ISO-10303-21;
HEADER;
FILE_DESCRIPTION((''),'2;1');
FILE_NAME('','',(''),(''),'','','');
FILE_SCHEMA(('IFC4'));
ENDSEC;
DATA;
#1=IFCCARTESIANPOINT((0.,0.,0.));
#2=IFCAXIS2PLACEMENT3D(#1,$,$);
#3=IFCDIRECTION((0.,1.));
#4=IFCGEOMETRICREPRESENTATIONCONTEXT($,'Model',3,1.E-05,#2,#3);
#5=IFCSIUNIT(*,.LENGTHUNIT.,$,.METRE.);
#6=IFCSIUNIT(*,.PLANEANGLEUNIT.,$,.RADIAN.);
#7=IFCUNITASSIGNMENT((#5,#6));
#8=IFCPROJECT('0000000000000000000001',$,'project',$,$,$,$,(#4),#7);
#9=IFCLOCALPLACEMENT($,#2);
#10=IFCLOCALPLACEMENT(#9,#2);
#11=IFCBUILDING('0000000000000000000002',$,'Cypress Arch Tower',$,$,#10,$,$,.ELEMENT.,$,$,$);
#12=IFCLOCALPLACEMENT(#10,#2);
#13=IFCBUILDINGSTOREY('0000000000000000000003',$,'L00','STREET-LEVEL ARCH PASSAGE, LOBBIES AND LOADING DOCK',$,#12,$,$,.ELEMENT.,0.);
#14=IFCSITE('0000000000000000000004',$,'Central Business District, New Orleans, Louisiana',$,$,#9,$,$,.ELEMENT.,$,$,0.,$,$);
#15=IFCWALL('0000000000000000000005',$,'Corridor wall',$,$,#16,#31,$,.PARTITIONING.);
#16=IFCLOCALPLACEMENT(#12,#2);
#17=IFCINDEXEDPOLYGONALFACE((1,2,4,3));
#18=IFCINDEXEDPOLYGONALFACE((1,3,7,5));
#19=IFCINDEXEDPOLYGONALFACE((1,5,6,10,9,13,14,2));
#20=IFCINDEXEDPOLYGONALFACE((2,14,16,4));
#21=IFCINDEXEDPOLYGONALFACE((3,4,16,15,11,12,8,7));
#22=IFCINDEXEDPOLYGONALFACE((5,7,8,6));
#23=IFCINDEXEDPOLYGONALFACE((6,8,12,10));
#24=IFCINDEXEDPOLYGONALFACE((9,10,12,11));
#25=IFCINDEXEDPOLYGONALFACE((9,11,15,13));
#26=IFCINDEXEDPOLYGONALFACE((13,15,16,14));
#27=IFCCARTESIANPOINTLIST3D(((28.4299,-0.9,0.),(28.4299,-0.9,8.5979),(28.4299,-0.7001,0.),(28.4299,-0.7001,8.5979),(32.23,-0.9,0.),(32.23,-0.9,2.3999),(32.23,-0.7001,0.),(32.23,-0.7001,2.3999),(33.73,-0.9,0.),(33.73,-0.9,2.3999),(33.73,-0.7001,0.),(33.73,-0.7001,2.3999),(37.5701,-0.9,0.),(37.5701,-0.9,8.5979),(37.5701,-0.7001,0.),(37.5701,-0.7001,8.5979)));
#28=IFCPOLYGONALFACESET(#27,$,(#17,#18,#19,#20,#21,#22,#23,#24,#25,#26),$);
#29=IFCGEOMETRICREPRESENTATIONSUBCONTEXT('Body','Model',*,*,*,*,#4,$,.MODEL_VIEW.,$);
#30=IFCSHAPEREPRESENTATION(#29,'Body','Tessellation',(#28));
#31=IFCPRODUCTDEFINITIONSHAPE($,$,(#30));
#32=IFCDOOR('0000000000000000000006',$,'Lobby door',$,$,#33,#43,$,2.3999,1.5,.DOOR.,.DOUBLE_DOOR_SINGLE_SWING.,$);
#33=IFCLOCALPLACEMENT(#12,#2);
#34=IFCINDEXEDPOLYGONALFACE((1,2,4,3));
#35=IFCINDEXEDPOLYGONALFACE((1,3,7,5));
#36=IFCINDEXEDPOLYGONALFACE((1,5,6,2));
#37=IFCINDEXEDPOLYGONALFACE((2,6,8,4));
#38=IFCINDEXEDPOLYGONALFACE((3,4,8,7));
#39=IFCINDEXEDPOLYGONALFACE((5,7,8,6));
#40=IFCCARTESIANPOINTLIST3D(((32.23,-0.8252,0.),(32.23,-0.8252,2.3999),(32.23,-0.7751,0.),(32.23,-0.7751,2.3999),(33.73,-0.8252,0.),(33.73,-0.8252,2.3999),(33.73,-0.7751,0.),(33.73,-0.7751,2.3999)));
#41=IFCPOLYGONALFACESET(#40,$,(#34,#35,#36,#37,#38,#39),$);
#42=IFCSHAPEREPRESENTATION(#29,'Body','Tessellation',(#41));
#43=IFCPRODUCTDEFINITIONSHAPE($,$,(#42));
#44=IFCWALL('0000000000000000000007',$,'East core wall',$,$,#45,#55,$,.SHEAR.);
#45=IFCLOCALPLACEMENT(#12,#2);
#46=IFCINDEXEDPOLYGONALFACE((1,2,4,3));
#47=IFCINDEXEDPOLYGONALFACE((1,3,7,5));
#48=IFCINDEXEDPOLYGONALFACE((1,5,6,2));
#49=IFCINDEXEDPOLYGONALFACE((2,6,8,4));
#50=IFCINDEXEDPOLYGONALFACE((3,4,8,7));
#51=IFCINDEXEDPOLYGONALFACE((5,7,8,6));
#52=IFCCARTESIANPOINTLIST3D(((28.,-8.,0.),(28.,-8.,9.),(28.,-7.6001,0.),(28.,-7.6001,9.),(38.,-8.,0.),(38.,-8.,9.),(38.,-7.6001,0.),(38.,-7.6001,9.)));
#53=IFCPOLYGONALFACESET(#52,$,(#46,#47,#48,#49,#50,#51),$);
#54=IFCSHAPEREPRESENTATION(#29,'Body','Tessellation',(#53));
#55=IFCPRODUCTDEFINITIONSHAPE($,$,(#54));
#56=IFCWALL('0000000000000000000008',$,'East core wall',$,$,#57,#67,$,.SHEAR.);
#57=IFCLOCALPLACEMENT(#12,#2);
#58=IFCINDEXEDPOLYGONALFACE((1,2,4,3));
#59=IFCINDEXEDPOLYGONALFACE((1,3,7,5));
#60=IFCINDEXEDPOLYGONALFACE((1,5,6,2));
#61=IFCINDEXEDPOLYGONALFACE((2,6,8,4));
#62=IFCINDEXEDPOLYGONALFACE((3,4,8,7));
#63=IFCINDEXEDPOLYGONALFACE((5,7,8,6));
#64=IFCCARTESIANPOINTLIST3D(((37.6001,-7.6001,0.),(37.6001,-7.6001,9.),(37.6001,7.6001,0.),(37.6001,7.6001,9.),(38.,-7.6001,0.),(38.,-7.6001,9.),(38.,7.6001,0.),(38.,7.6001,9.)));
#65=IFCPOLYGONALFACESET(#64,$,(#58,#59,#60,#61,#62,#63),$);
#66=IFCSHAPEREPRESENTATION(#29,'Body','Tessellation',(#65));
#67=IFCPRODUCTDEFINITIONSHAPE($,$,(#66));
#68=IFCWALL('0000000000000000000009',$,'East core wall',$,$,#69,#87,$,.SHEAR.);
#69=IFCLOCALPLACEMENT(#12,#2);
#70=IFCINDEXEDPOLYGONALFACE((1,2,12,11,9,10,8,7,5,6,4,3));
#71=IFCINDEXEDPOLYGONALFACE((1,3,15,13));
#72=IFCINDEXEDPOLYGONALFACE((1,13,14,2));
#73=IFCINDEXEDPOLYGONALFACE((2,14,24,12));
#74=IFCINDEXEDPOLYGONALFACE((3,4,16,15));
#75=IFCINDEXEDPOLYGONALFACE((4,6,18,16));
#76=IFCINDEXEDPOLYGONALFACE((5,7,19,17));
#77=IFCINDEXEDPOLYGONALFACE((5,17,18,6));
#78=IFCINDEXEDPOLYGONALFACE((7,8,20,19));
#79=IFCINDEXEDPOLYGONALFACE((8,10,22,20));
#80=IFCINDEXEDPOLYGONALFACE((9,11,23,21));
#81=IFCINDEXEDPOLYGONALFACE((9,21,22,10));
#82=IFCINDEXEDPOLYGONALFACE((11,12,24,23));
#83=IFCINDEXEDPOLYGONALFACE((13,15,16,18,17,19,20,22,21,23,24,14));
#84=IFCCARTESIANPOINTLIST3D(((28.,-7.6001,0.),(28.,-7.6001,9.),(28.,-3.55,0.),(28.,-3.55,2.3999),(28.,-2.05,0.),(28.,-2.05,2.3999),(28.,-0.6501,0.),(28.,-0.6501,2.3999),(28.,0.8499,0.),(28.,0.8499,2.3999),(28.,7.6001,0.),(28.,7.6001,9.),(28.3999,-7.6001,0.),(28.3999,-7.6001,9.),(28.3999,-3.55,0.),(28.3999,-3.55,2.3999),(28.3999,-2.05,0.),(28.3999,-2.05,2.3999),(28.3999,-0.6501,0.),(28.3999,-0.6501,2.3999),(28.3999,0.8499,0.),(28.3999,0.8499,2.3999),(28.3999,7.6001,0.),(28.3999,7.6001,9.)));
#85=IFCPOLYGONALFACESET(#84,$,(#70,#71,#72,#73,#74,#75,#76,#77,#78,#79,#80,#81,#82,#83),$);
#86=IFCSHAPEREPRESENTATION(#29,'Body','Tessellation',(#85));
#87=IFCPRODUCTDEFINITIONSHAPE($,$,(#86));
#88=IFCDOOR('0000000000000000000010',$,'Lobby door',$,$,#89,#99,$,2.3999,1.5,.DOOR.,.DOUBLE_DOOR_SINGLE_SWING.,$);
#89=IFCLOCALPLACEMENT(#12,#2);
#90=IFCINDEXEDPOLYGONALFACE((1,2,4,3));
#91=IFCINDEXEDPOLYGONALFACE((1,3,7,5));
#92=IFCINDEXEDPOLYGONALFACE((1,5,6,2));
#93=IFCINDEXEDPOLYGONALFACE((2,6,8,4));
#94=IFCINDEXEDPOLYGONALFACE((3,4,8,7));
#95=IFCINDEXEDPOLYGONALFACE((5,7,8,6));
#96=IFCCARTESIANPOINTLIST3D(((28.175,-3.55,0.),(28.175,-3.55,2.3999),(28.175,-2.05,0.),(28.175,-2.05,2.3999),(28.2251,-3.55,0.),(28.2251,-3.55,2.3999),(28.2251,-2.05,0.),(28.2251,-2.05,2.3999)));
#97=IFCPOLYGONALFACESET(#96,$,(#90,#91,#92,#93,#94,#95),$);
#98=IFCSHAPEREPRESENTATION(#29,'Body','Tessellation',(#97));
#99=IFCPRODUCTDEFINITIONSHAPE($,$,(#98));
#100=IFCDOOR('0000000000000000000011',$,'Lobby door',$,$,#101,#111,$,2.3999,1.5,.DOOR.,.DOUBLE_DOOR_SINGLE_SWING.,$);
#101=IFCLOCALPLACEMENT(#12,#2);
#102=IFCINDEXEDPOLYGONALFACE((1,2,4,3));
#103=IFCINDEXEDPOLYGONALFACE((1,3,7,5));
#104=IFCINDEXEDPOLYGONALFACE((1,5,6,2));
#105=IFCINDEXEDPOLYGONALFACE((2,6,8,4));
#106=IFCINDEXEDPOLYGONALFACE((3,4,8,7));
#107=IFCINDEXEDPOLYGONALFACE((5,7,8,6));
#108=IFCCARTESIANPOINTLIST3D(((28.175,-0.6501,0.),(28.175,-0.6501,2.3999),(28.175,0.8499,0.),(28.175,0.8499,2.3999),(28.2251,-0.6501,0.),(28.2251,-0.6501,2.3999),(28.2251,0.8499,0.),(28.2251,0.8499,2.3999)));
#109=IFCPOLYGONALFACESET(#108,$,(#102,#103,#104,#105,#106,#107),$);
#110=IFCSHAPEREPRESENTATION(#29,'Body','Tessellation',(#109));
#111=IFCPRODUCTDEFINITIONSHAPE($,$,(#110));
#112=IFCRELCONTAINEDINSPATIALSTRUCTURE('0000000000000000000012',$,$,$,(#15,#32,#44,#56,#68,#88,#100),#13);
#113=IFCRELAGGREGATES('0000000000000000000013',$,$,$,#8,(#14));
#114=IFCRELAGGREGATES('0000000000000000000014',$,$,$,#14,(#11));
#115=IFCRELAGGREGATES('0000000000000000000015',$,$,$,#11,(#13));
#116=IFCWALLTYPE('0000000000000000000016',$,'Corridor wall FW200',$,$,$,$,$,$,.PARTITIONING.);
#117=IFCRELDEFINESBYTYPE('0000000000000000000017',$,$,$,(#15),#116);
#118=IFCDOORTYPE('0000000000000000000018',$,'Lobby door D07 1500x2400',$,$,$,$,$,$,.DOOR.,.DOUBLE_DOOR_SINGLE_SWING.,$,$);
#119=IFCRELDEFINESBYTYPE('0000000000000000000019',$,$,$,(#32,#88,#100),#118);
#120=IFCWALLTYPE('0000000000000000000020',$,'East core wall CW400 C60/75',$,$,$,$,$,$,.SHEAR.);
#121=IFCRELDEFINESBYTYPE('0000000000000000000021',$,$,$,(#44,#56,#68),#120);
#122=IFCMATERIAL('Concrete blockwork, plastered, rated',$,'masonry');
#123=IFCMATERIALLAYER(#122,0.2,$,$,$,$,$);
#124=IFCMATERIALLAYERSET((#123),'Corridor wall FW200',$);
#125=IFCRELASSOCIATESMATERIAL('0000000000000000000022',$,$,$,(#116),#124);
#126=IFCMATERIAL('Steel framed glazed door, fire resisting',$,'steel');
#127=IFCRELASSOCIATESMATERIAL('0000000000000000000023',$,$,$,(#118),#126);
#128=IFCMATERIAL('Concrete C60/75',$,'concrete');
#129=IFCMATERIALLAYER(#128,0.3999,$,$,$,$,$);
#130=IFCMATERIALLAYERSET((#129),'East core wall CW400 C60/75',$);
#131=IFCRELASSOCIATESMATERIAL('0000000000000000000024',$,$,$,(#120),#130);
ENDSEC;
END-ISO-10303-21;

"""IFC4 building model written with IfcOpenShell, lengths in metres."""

from ifc_helpers import new_model, si_unit, direction, frame, frame_2d, origin, place, context, subcontext, project, spatial, rectangle, extrude, material, layer, layer_set, type_object, element, fill, save


model = new_model("IFC4")

# Units and contexts
model_context = context("Model", 3, precision=1e-05, world=origin(), true_north=direction((0.0, 1.0)))
body_context = subcontext(model_context, "Body", "Model", "MODEL_VIEW")
ifc_project = project(units=[si_unit("LENGTHUNIT", "METRE"), si_unit("PLANEANGLEUNIT", "RADIAN")], contexts=[model_context])

# Site, building, storey
site_placement = place(None, origin())
site = spatial("IfcSite", under=ifc_project, at=site_placement, Name="Central Business District, New Orleans, Louisiana", CompositionType="ELEMENT", RefElevation=0.0)
building_placement = place(site_placement, origin())
building = spatial("IfcBuilding", under=site, at=building_placement, Name="Cypress Arch Tower", CompositionType="ELEMENT")
storey_placement = place(building_placement, origin())
storey = spatial("IfcBuildingStorey", under=building, at=storey_placement, Name="L00", Description="STREET-LEVEL ARCH PASSAGE, LOBBIES AND LOADING DOCK", CompositionType="ELEMENT", Elevation=0.0)

# Wall, opening, door
ifc_material_1 = material(Name="Concrete blockwork, plastered, rated", Category="masonry")
ifc_layer_1 = layer(ifc_material_1, 0.2)
ifc_layer_set_1 = layer_set([ifc_layer_1], Name="Corridor wall FW200")
wall_type_1 = type_object("IfcWallType", Name="Corridor wall FW200", PredefinedType="PARTITIONING", material=ifc_layer_set_1)
wall_1_placement = place(storey_placement, frame((28.4299, -0.8, 0.0), z_axis=(0.0, 0.0, 1.0), x_axis=(1.0, 0.0, 0.0)))
wall_1 = element("IfcWall", 1, at=wall_1_placement, inside=storey, type_object=wall_type_1, Name="Corridor wall", PredefinedType="PARTITIONING", context=body_context, shape_type="SweptSolid", body=[
    extrude(rectangle(XDim=9.1401, YDim=0.2, at=frame_2d((4.5701, 0.0))), origin(), (0.0, 0.0, 1.0), 8.5979),
])
opening_1_placement = place(wall_1_placement, frame((3.8, 0.0, 0.0)))
opening_1 = element("IfcOpeningElement", 2, at=opening_1_placement, cuts=wall_1, PredefinedType="OPENING", context=body_context, shape_type="SweptSolid", body=[
    extrude(rectangle(XDim=1.5, YDim=2.3999, at=frame_2d((0.75, 1.2))), frame((0.0, 0.1099, 0.0), z_axis=(0.0, -1.0, 0.0), x_axis=(1.0, 0.0, 0.0)), (0.0, 0.0, 1.0), 0.22),
])
ifc_material_2 = material(Name="Steel framed glazed door, fire resisting", Category="steel")
door_type_1 = type_object("IfcDoorType", Name="Lobby door D07 1500x2400", OperationType="DOUBLE_DOOR_SINGLE_SWING", PredefinedType="DOOR", material=ifc_material_2)
door_1_placement = place(opening_1_placement, origin())
door_1 = element("IfcDoor", 3, at=door_1_placement, inside=storey, type_object=door_type_1, Name="Lobby door", OperationType="DOUBLE_DOOR_SINGLE_SWING", OverallHeight=2.3999, OverallWidth=1.5, PredefinedType="DOOR", context=body_context, shape_type="SweptSolid", body=[
    extrude(rectangle(XDim=1.5, YDim=2.3999, at=frame_2d((0.75, 1.2))), frame((0.0, 0.0249, 0.0), z_axis=(0.0, -1.0, 0.0), x_axis=(1.0, 0.0, 0.0)), (0.0, 0.0, 1.0), 0.05),
])
fill(opening_1, door_1)

# Walls
ifc_material_3 = material(Name="Concrete C60/75", Category="concrete")
ifc_layer_2 = layer(ifc_material_3, 0.3999)
ifc_layer_set_2 = layer_set([ifc_layer_2], Name="East core wall CW400 C60/75")
wall_type_2 = type_object("IfcWallType", Name="East core wall CW400 C60/75", PredefinedType="SHEAR", material=ifc_layer_set_2)
wall_2_placement = place(storey_placement, frame((28.0, -7.8, 0.0), z_axis=(0.0, 0.0, 1.0), x_axis=(1.0, 0.0, 0.0)))
element("IfcWall", 4, at=wall_2_placement, inside=storey, type_object=wall_type_2, Name="East core wall", PredefinedType="SHEAR", context=body_context, shape_type="SweptSolid", body=[
    extrude(rectangle(XDim=10.0, YDim=0.3999, at=frame_2d((5.0, 0.0))), origin(), (0.0, 0.0, 1.0), 9.0),
])
wall_3_placement = place(storey_placement, frame((37.8, -7.6001, 0.0), z_axis=(0.0, 0.0, 1.0), x_axis=(0.0, 1.0, 0.0)))
element("IfcWall", 5, at=wall_3_placement, inside=storey, type_object=wall_type_2, Name="East core wall", PredefinedType="SHEAR", context=body_context, shape_type="SweptSolid", body=[
    extrude(rectangle(XDim=15.2002, YDim=0.3999, at=frame_2d((7.6001, 0.0))), origin(), (0.0, 0.0, 1.0), 9.0),
])

# Wall, openings, doors
wall_4_placement = place(storey_placement, frame((28.2, -7.6001, 0.0), z_axis=(0.0, 0.0, 1.0), x_axis=(0.0, 1.0, 0.0)))
wall_4 = element("IfcWall", 6, at=wall_4_placement, inside=storey, type_object=wall_type_2, Name="East core wall", PredefinedType="SHEAR", context=body_context, shape_type="SweptSolid", body=[
    extrude(rectangle(XDim=15.2002, YDim=0.3999, at=frame_2d((7.6001, 0.0))), origin(), (0.0, 0.0, 1.0), 9.0),
])
opening_2_placement = place(wall_4_placement, frame((4.05, 0.0, 0.0)))
opening_2 = element("IfcOpeningElement", 7, at=opening_2_placement, cuts=wall_4, PredefinedType="OPENING", context=body_context, shape_type="SweptSolid", body=[
    extrude(rectangle(XDim=1.5, YDim=2.3999, at=frame_2d((0.75, 1.2))), frame((0.0, 0.21, 0.0), z_axis=(0.0, -1.0, 0.0), x_axis=(1.0, 0.0, 0.0)), (0.0, 0.0, 1.0), 0.4199),
])
opening_3_placement = place(wall_4_placement, frame((6.95, 0.0, 0.0)))
opening_3 = element("IfcOpeningElement", 8, at=opening_3_placement, cuts=wall_4, PredefinedType="OPENING", context=body_context, shape_type="SweptSolid", body=[
    extrude(rectangle(XDim=1.5, YDim=2.3999, at=frame_2d((0.75, 1.2))), frame((0.0, 0.21, 0.0), z_axis=(0.0, -1.0, 0.0), x_axis=(1.0, 0.0, 0.0)), (0.0, 0.0, 1.0), 0.4199),
])
door_2_placement = place(opening_2_placement, origin())
door_2 = element("IfcDoor", 9, at=door_2_placement, inside=storey, type_object=door_type_1, Name="Lobby door", OperationType="DOUBLE_DOOR_SINGLE_SWING", OverallHeight=2.3999, OverallWidth=1.5, PredefinedType="DOOR", context=body_context, shape_type="SweptSolid", body=[
    extrude(rectangle(XDim=1.5, YDim=2.3999, at=frame_2d((0.75, 1.2))), frame((0.0, 0.0249, 0.0), z_axis=(0.0, -1.0, 0.0), x_axis=(1.0, 0.0, 0.0)), (0.0, 0.0, 1.0), 0.05),
])
fill(opening_2, door_2)
door_3_placement = place(opening_3_placement, origin())
door_3 = element("IfcDoor", 10, at=door_3_placement, inside=storey, type_object=door_type_1, Name="Lobby door", OperationType="DOUBLE_DOOR_SINGLE_SWING", OverallHeight=2.3999, OverallWidth=1.5, PredefinedType="DOOR", context=body_context, shape_type="SweptSolid", body=[
    extrude(rectangle(XDim=1.5, YDim=2.3999, at=frame_2d((0.75, 1.2))), frame((0.0, 0.0249, 0.0), z_axis=(0.0, -1.0, 0.0), x_axis=(1.0, 0.0, 0.0)), (0.0, 0.0, 1.0), 0.05),
])
fill(opening_3, door_3)

save(model, "model.ifc")
